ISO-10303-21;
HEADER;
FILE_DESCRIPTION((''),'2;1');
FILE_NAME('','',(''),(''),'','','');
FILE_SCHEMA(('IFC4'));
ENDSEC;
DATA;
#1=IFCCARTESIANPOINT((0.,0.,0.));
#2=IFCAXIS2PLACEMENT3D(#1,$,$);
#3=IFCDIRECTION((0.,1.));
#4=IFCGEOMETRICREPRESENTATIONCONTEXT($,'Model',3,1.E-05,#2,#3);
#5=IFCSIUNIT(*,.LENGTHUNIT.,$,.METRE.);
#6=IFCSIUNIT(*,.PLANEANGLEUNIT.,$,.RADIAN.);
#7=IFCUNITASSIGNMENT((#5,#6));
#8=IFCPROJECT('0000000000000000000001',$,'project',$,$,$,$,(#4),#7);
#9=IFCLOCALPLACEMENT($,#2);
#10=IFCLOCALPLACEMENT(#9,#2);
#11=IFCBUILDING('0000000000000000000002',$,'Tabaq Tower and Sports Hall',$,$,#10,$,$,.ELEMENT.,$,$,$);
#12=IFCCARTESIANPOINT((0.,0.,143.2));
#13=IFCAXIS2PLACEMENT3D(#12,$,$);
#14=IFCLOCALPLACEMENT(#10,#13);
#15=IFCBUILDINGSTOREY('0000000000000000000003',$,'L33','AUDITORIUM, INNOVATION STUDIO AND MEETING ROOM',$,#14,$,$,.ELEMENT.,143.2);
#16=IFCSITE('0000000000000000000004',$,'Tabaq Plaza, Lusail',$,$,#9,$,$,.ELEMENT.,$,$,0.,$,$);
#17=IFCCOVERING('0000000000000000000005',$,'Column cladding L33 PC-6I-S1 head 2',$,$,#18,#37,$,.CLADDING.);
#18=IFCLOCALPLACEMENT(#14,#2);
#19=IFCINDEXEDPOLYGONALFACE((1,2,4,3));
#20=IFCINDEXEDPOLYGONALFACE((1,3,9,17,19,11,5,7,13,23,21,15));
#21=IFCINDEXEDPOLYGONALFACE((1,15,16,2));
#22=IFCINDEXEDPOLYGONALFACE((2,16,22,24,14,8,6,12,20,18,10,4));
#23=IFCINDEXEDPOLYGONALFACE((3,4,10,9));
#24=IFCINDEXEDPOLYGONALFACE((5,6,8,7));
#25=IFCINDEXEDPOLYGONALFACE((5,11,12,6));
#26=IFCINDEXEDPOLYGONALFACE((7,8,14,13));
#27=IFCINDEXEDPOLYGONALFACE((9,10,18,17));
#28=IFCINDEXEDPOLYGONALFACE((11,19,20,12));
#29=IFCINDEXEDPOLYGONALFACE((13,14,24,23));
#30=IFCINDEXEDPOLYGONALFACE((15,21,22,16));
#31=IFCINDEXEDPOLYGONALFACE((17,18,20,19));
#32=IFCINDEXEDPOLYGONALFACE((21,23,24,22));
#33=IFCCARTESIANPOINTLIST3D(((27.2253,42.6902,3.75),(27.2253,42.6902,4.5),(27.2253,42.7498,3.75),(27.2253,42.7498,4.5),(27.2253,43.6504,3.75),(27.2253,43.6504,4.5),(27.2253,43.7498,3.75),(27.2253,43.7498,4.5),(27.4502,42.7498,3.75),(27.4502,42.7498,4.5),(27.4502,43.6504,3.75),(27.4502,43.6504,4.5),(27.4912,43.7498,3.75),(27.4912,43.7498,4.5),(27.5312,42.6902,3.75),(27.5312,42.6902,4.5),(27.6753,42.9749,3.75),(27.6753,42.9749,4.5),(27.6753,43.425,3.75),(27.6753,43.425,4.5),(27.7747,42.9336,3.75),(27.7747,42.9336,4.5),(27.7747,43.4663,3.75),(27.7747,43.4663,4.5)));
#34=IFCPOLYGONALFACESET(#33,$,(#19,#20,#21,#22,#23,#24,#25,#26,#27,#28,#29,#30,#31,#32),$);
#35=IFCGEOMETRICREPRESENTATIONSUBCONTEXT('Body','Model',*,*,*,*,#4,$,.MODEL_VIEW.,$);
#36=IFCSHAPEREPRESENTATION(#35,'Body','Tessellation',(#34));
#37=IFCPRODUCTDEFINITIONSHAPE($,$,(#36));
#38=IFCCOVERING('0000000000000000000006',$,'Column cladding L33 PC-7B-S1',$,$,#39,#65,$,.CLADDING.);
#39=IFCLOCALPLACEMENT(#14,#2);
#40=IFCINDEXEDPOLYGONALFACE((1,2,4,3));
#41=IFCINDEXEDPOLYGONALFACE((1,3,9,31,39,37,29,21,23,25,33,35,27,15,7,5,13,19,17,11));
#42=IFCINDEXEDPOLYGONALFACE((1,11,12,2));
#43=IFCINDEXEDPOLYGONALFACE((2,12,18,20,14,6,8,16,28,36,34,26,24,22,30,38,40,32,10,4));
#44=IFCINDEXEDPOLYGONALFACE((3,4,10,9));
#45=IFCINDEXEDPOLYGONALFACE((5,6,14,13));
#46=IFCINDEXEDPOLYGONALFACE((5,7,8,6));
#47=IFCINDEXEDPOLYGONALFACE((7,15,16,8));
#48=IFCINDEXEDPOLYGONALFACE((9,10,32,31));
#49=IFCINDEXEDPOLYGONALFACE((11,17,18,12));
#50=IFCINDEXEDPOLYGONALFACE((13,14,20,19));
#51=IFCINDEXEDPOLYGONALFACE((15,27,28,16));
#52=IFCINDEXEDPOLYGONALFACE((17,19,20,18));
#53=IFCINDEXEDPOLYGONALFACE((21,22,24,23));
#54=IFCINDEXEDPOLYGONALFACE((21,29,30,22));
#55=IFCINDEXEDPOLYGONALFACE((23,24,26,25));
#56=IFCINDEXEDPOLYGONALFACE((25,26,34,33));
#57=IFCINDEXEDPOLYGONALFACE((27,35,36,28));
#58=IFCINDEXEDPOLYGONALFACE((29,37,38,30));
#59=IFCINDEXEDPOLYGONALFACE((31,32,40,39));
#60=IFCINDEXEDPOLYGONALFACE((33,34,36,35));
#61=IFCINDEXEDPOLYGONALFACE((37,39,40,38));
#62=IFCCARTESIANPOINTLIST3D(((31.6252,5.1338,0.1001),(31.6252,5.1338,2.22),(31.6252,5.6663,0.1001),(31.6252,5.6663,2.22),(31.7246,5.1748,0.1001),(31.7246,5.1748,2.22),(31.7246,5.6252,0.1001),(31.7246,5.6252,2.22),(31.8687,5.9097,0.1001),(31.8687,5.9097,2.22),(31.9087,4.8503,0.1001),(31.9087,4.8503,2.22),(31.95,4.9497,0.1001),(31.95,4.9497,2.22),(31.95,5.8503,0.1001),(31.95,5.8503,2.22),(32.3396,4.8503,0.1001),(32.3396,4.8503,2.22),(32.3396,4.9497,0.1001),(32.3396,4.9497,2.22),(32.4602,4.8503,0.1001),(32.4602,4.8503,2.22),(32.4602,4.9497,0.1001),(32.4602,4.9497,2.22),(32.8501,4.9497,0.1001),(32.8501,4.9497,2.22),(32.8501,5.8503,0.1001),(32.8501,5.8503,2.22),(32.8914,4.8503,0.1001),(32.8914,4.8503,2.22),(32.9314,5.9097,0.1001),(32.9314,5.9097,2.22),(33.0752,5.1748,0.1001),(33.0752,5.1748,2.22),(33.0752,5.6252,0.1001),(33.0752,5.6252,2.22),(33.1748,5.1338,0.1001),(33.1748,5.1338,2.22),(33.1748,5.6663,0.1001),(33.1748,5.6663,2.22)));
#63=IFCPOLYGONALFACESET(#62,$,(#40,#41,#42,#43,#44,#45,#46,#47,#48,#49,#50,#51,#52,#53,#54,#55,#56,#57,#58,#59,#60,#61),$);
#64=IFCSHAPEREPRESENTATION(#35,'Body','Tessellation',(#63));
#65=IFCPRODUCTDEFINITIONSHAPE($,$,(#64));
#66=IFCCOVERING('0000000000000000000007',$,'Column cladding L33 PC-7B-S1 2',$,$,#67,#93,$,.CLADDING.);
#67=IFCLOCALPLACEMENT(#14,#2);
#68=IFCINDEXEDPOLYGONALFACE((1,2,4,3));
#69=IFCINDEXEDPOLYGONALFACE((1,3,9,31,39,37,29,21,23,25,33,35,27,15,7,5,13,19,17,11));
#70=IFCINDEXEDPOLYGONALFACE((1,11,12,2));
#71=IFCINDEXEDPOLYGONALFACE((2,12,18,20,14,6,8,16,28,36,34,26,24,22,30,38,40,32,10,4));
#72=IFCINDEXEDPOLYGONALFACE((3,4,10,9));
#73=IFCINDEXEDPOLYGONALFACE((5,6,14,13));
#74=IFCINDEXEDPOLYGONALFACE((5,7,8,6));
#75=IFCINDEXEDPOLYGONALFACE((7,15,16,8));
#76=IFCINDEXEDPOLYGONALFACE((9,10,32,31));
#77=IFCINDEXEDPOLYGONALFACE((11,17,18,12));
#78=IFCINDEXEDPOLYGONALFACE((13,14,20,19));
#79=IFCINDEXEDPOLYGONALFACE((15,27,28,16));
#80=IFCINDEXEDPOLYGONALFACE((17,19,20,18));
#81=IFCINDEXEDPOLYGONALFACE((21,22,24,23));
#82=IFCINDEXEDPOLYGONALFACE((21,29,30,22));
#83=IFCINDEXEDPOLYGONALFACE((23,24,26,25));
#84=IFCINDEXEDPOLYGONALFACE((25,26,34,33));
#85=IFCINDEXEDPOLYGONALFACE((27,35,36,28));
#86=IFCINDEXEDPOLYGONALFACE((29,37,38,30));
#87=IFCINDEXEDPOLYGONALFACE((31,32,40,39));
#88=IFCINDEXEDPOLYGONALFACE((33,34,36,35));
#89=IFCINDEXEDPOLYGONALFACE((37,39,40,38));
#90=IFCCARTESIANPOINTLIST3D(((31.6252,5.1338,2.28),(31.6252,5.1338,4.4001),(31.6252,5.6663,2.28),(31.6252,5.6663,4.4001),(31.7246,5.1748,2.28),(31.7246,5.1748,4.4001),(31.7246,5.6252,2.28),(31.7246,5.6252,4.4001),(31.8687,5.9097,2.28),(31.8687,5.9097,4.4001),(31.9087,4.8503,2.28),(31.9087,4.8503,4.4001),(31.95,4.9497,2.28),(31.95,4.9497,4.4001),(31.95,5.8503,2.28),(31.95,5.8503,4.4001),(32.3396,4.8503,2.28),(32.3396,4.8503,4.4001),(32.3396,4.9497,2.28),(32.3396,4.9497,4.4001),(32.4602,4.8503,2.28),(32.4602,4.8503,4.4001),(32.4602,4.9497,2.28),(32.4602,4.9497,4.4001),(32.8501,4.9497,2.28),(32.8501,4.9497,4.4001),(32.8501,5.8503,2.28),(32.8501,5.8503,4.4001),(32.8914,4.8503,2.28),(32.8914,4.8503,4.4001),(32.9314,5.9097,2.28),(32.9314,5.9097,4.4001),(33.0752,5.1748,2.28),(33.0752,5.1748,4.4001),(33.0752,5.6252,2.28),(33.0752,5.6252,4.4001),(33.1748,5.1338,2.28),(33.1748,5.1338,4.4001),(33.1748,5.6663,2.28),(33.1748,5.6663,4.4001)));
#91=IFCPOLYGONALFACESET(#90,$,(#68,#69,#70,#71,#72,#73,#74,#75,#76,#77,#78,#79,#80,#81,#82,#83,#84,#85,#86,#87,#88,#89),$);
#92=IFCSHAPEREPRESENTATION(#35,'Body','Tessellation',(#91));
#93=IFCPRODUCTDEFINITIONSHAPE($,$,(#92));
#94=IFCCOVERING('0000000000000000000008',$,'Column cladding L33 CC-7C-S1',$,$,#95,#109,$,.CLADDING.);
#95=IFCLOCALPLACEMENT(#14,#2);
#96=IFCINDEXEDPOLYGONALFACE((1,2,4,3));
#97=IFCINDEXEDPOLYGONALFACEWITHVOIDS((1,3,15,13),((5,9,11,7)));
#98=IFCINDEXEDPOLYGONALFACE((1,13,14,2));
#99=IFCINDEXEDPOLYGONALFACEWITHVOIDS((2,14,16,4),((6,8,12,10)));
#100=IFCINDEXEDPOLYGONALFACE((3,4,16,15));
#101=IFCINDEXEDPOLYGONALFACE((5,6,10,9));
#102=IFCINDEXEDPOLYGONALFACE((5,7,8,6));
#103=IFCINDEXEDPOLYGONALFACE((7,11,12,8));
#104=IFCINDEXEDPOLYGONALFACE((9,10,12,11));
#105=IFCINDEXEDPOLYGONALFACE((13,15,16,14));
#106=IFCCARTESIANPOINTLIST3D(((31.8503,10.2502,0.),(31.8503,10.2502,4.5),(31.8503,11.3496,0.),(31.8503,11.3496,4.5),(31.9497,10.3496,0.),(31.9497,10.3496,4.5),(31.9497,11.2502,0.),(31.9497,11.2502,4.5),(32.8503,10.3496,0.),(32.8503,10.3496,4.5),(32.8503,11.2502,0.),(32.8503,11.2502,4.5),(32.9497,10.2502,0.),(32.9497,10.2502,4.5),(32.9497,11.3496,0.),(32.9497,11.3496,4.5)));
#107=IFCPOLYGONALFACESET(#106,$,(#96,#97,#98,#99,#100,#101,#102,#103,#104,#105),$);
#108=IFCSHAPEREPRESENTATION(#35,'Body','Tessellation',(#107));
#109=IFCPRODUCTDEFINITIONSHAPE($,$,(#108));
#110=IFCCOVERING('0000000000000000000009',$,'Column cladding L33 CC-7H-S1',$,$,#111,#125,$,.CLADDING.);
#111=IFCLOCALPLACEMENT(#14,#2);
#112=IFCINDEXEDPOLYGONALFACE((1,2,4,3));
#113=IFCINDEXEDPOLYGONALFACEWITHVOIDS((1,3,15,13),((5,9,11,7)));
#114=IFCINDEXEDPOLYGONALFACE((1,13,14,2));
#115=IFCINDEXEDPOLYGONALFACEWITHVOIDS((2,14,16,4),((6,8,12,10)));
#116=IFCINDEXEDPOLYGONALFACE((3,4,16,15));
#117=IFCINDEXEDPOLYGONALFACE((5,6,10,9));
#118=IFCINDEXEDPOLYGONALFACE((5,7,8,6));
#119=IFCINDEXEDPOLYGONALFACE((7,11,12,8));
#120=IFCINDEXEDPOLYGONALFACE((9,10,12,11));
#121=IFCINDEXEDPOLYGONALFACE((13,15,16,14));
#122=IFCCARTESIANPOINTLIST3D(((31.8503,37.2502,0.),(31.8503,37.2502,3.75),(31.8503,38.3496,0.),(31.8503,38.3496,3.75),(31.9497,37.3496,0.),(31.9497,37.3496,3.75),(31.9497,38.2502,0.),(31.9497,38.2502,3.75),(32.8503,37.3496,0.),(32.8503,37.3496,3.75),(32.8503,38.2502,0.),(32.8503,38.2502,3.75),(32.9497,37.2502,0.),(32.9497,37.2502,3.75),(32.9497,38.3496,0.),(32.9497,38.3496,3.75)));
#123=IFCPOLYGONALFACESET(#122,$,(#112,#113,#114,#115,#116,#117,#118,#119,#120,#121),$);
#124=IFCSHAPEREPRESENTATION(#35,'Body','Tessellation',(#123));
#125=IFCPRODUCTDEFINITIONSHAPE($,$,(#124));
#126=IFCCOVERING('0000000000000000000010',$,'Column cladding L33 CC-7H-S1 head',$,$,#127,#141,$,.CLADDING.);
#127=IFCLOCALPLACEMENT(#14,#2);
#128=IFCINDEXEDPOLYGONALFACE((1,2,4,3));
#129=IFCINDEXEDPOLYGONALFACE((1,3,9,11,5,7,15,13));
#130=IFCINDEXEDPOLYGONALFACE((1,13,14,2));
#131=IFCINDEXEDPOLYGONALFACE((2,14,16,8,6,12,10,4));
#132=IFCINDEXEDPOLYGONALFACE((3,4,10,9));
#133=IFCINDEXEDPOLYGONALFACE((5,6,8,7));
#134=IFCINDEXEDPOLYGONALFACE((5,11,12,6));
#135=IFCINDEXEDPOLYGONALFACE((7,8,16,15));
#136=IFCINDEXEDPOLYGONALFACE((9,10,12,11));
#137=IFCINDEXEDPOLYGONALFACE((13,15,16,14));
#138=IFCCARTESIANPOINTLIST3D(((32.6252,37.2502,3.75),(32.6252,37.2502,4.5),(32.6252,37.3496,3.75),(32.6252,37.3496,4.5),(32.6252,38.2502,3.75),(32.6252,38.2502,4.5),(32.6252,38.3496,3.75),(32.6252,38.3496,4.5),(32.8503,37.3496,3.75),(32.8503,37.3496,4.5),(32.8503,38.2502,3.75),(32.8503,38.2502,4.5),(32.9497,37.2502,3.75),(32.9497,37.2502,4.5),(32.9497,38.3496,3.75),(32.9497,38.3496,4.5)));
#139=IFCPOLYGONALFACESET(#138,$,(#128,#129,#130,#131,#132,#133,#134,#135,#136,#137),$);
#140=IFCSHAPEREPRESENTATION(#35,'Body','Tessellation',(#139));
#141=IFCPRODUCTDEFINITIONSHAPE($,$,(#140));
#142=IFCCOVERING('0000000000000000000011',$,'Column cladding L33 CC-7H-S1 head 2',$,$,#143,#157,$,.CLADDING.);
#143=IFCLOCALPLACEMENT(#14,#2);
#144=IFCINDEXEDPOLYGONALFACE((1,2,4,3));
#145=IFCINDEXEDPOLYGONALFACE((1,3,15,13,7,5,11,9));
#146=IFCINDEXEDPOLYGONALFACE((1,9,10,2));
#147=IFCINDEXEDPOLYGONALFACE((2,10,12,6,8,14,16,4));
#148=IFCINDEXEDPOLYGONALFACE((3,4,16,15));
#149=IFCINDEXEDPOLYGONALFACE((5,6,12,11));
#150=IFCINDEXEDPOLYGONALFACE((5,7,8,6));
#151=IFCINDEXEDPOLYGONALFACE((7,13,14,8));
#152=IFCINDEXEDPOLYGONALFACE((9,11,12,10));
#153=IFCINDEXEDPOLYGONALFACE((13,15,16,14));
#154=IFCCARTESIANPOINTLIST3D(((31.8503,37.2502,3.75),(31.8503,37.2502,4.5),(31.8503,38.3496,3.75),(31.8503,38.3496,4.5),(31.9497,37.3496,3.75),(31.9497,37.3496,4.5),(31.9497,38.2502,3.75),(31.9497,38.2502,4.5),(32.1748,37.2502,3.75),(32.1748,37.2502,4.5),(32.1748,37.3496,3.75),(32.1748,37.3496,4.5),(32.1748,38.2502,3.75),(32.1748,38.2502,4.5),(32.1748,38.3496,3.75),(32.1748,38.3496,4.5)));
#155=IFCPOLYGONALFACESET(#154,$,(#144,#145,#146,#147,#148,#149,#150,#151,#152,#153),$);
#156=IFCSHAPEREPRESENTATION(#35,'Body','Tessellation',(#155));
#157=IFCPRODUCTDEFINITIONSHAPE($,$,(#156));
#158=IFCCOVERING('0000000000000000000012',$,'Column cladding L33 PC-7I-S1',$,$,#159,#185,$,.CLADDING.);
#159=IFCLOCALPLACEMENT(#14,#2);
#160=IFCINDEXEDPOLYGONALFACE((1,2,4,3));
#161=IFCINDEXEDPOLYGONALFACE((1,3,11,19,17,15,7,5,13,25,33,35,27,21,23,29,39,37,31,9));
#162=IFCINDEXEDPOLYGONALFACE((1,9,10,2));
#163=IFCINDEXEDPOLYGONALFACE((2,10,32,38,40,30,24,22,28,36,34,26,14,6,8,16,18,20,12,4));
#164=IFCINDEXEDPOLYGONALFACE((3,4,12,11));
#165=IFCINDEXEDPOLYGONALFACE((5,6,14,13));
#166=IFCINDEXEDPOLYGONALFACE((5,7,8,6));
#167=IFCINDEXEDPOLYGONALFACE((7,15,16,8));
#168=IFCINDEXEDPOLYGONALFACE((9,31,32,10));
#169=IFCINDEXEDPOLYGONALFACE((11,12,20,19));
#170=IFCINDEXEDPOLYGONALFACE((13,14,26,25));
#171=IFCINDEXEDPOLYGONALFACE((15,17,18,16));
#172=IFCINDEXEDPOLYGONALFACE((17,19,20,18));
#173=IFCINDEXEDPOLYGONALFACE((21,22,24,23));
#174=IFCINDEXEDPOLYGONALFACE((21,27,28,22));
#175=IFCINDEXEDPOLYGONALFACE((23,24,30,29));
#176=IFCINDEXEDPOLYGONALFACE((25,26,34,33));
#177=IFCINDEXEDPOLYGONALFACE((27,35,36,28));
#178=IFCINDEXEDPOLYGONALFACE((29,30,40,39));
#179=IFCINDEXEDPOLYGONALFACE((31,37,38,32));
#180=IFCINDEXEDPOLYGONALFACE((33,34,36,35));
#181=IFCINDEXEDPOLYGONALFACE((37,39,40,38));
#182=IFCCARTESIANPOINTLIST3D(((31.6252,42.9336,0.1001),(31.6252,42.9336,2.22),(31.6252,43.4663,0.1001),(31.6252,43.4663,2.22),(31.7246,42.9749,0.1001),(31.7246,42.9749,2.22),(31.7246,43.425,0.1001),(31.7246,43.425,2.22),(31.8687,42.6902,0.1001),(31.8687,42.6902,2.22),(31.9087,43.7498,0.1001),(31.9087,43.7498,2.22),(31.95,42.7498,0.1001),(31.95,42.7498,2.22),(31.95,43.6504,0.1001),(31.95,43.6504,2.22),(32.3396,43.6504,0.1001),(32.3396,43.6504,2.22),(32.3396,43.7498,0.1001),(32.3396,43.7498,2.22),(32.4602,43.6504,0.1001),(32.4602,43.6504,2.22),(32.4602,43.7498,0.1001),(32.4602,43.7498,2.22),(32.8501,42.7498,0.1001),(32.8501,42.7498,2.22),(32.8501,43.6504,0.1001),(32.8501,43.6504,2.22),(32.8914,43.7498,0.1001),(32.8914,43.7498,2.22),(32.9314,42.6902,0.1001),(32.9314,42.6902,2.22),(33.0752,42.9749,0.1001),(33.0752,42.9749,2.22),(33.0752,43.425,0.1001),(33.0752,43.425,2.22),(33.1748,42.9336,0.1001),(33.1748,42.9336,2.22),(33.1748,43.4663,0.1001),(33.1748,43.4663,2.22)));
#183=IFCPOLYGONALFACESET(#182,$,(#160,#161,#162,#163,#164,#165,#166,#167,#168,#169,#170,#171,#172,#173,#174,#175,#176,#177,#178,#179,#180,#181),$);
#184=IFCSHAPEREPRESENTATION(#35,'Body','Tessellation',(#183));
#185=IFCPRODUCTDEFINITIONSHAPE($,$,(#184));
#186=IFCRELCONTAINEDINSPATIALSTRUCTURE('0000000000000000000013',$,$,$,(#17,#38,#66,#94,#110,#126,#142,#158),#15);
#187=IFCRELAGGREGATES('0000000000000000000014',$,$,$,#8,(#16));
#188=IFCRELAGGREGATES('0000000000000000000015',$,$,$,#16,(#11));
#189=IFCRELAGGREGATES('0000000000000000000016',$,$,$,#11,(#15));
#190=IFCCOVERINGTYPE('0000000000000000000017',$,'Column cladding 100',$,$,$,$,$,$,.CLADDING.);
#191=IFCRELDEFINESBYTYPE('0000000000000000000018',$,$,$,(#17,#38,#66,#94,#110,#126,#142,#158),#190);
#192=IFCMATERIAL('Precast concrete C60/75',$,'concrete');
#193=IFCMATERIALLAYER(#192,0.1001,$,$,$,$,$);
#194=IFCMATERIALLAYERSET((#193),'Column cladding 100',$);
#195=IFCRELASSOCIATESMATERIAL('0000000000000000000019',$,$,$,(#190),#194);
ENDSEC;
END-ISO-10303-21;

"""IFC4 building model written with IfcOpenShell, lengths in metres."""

from ifc_helpers import new_model, si_unit, direction, frame, origin, place, context, subcontext, project, spatial, polyline, outline, extrude, material, layer, layer_set, type_object, element, save


model = new_model("IFC4")

# Units and contexts
model_context = context("Model", 3, precision=1e-05, world=origin(), true_north=direction((0.0, 1.0)))
body_context = subcontext(model_context, "Body", "Model", "MODEL_VIEW")
ifc_project = project(units=[si_unit("LENGTHUNIT", "METRE"), si_unit("PLANEANGLEUNIT", "RADIAN")], contexts=[model_context])

# Site, building, storey
site_placement = place(None, origin())
site = spatial("IfcSite", under=ifc_project, at=site_placement, Name="Tabaq Plaza, Lusail", CompositionType="ELEMENT", RefElevation=0.0)
building_placement = place(site_placement, origin())
building = spatial("IfcBuilding", under=site, at=building_placement, Name="Tabaq Tower and Sports Hall", CompositionType="ELEMENT")
storey_placement = place(building_placement, frame((0.0, 0.0, 143.2)))
storey = spatial("IfcBuildingStorey", under=building, at=storey_placement, Name="L33", Description="AUDITORIUM, INNOVATION STUDIO AND MEETING ROOM", CompositionType="ELEMENT", Elevation=143.2)

# Coverings
ifc_material_1 = material(Name="Precast concrete C60/75", Category="concrete")
ifc_layer_1 = layer(ifc_material_1, 0.1001)
ifc_layer_set_1 = layer_set([ifc_layer_1], Name="Column cladding 100")
covering_type_1 = type_object("IfcCoveringType", Name="Column cladding 100", PredefinedType="CLADDING", material=ifc_layer_set_1)
covering_1_placement = place(storey_placement, frame((0.0, 0.0, 3.75)))
element("IfcCovering", 1, at=covering_1_placement, inside=storey, type_object=covering_type_1, Name="Column cladding L33 PC-6I-S1 head 2", PredefinedType="CLADDING", context=body_context, shape_type="SweptSolid", body=[
    extrude(outline(polyline([(27.4502, 42.7498), (27.6753, 42.9749), (27.6753, 43.425), (27.4502, 43.6504), (27.2253, 43.6504), (27.2253, 43.7498), (27.4912, 43.7498), (27.7747, 43.4663), (27.7747, 42.9336), (27.5312, 42.6902), (27.2253, 42.6902), (27.2253, 42.7498), (27.4502, 42.7498)])), origin(), (0.0, 0.0, 1.0), 0.75),
])
covering_2_placement = place(storey_placement, frame((0.0, 0.0, 0.1001)))
element("IfcCovering", 2, at=covering_2_placement, inside=storey, type_object=covering_type_1, Name="Column cladding L33 PC-7B-S1", PredefinedType="CLADDING", context=body_context, shape_type="SweptSolid", body=[
    extrude(outline(polyline([(31.6252, 5.6663), (31.8687, 5.9097), (32.9314, 5.9097), (33.1748, 5.6663), (33.1748, 5.1338), (32.8914, 4.8503), (32.4602, 4.8503), (32.4602, 4.9497), (32.8501, 4.9497), (33.0752, 5.1748), (33.0752, 5.6252), (32.8501, 5.8503), (31.95, 5.8503), (31.7246, 5.6252), (31.7246, 5.1748), (31.95, 4.9497), (32.3396, 4.9497), (32.3396, 4.8503), (31.9087, 4.8503), (31.6252, 5.1338), (31.6252, 5.6663)])), origin(), (0.0, 0.0, 1.0), 2.1199),
])
covering_3_placement = place(storey_placement, frame((0.0, 0.0, 2.28)))
element("IfcCovering", 3, at=covering_3_placement, inside=storey, type_object=covering_type_1, Name="Column cladding L33 PC-7B-S1 2", PredefinedType="CLADDING", context=body_context, shape_type="SweptSolid", body=[
    extrude(outline(polyline([(31.6252, 5.6663), (31.8687, 5.9097), (32.9314, 5.9097), (33.1748, 5.6663), (33.1748, 5.1338), (32.8914, 4.8503), (32.4602, 4.8503), (32.4602, 4.9497), (32.8501, 4.9497), (33.0752, 5.1748), (33.0752, 5.6252), (32.8501, 5.8503), (31.95, 5.8503), (31.7246, 5.6252), (31.7246, 5.1748), (31.95, 4.9497), (32.3396, 4.9497), (32.3396, 4.8503), (31.9087, 4.8503), (31.6252, 5.1338), (31.6252, 5.6663)])), origin(), (0.0, 0.0, 1.0), 2.1201),
])
covering_4_placement = place(storey_placement, origin())
element("IfcCovering", 4, at=covering_4_placement, inside=storey, type_object=covering_type_1, Name="Column cladding L33 CC-7C-S1", PredefinedType="CLADDING", context=body_context, shape_type="SweptSolid", body=[
    extrude(outline(polyline([(31.8503, 11.3496), (32.9497, 11.3496), (32.9497, 10.2502), (31.8503, 10.2502), (31.8503, 11.3496)]), holes=[polyline([(32.8503, 10.3496), (32.8503, 11.2502), (31.9497, 11.2502), (31.9497, 10.3496), (32.8503, 10.3496)])]), origin(), (0.0, 0.0, 1.0), 4.5),
])
covering_5_placement = place(storey_placement, origin())
element("IfcCovering", 5, at=covering_5_placement, inside=storey, type_object=covering_type_1, Name="Column cladding L33 CC-7H-S1", PredefinedType="CLADDING", context=body_context, shape_type="SweptSolid", body=[
    extrude(outline(polyline([(31.8503, 38.3496), (32.9497, 38.3496), (32.9497, 37.2502), (31.8503, 37.2502), (31.8503, 38.3496)]), holes=[polyline([(32.8503, 37.3496), (32.8503, 38.2502), (31.9497, 38.2502), (31.9497, 37.3496), (32.8503, 37.3496)])]), origin(), (0.0, 0.0, 1.0), 3.75),
])
covering_6_placement = place(storey_placement, frame((0.0, 0.0, 3.75)))
element("IfcCovering", 6, at=covering_6_placement, inside=storey, type_object=covering_type_1, Name="Column cladding L33 CC-7H-S1 head", PredefinedType="CLADDING", context=body_context, shape_type="SweptSolid", body=[
    extrude(outline(polyline([(32.9497, 38.3496), (32.9497, 37.2502), (32.6252, 37.2502), (32.6252, 37.3496), (32.8503, 37.3496), (32.8503, 38.2502), (32.6252, 38.2502), (32.6252, 38.3496), (32.9497, 38.3496)])), origin(), (0.0, 0.0, 1.0), 0.75),
])
covering_7_placement = place(storey_placement, frame((0.0, 0.0, 3.75)))
element("IfcCovering", 7, at=covering_7_placement, inside=storey, type_object=covering_type_1, Name="Column cladding L33 CC-7H-S1 head 2", PredefinedType="CLADDING", context=body_context, shape_type="SweptSolid", body=[
    extrude(outline(polyline([(32.1748, 38.3496), (32.1748, 38.2502), (31.9497, 38.2502), (31.9497, 37.3496), (32.1748, 37.3496), (32.1748, 37.2502), (31.8503, 37.2502), (31.8503, 38.3496), (32.1748, 38.3496)])), origin(), (0.0, 0.0, 1.0), 0.75),
])
covering_8_placement = place(storey_placement, frame((0.0, 0.0, 0.1001)))
element("IfcCovering", 8, at=covering_8_placement, inside=storey, type_object=covering_type_1, Name="Column cladding L33 PC-7I-S1", PredefinedType="CLADDING", context=body_context, shape_type="SweptSolid", body=[
    extrude(outline(polyline([(31.6252, 43.4663), (31.9087, 43.7498), (32.3396, 43.7498), (32.3396, 43.6504), (31.95, 43.6504), (31.7246, 43.425), (31.7246, 42.9749), (31.95, 42.7498), (32.8501, 42.7498), (33.0752, 42.9749), (33.0752, 43.425), (32.8501, 43.6504), (32.4602, 43.6504), (32.4602, 43.7498), (32.8914, 43.7498), (33.1748, 43.4663), (33.1748, 42.9336), (32.9314, 42.6902), (31.8687, 42.6902), (31.6252, 42.9336), (31.6252, 43.4663)])), origin(), (0.0, 0.0, 1.0), 2.1199),
])

save(model, "model.ifc")
